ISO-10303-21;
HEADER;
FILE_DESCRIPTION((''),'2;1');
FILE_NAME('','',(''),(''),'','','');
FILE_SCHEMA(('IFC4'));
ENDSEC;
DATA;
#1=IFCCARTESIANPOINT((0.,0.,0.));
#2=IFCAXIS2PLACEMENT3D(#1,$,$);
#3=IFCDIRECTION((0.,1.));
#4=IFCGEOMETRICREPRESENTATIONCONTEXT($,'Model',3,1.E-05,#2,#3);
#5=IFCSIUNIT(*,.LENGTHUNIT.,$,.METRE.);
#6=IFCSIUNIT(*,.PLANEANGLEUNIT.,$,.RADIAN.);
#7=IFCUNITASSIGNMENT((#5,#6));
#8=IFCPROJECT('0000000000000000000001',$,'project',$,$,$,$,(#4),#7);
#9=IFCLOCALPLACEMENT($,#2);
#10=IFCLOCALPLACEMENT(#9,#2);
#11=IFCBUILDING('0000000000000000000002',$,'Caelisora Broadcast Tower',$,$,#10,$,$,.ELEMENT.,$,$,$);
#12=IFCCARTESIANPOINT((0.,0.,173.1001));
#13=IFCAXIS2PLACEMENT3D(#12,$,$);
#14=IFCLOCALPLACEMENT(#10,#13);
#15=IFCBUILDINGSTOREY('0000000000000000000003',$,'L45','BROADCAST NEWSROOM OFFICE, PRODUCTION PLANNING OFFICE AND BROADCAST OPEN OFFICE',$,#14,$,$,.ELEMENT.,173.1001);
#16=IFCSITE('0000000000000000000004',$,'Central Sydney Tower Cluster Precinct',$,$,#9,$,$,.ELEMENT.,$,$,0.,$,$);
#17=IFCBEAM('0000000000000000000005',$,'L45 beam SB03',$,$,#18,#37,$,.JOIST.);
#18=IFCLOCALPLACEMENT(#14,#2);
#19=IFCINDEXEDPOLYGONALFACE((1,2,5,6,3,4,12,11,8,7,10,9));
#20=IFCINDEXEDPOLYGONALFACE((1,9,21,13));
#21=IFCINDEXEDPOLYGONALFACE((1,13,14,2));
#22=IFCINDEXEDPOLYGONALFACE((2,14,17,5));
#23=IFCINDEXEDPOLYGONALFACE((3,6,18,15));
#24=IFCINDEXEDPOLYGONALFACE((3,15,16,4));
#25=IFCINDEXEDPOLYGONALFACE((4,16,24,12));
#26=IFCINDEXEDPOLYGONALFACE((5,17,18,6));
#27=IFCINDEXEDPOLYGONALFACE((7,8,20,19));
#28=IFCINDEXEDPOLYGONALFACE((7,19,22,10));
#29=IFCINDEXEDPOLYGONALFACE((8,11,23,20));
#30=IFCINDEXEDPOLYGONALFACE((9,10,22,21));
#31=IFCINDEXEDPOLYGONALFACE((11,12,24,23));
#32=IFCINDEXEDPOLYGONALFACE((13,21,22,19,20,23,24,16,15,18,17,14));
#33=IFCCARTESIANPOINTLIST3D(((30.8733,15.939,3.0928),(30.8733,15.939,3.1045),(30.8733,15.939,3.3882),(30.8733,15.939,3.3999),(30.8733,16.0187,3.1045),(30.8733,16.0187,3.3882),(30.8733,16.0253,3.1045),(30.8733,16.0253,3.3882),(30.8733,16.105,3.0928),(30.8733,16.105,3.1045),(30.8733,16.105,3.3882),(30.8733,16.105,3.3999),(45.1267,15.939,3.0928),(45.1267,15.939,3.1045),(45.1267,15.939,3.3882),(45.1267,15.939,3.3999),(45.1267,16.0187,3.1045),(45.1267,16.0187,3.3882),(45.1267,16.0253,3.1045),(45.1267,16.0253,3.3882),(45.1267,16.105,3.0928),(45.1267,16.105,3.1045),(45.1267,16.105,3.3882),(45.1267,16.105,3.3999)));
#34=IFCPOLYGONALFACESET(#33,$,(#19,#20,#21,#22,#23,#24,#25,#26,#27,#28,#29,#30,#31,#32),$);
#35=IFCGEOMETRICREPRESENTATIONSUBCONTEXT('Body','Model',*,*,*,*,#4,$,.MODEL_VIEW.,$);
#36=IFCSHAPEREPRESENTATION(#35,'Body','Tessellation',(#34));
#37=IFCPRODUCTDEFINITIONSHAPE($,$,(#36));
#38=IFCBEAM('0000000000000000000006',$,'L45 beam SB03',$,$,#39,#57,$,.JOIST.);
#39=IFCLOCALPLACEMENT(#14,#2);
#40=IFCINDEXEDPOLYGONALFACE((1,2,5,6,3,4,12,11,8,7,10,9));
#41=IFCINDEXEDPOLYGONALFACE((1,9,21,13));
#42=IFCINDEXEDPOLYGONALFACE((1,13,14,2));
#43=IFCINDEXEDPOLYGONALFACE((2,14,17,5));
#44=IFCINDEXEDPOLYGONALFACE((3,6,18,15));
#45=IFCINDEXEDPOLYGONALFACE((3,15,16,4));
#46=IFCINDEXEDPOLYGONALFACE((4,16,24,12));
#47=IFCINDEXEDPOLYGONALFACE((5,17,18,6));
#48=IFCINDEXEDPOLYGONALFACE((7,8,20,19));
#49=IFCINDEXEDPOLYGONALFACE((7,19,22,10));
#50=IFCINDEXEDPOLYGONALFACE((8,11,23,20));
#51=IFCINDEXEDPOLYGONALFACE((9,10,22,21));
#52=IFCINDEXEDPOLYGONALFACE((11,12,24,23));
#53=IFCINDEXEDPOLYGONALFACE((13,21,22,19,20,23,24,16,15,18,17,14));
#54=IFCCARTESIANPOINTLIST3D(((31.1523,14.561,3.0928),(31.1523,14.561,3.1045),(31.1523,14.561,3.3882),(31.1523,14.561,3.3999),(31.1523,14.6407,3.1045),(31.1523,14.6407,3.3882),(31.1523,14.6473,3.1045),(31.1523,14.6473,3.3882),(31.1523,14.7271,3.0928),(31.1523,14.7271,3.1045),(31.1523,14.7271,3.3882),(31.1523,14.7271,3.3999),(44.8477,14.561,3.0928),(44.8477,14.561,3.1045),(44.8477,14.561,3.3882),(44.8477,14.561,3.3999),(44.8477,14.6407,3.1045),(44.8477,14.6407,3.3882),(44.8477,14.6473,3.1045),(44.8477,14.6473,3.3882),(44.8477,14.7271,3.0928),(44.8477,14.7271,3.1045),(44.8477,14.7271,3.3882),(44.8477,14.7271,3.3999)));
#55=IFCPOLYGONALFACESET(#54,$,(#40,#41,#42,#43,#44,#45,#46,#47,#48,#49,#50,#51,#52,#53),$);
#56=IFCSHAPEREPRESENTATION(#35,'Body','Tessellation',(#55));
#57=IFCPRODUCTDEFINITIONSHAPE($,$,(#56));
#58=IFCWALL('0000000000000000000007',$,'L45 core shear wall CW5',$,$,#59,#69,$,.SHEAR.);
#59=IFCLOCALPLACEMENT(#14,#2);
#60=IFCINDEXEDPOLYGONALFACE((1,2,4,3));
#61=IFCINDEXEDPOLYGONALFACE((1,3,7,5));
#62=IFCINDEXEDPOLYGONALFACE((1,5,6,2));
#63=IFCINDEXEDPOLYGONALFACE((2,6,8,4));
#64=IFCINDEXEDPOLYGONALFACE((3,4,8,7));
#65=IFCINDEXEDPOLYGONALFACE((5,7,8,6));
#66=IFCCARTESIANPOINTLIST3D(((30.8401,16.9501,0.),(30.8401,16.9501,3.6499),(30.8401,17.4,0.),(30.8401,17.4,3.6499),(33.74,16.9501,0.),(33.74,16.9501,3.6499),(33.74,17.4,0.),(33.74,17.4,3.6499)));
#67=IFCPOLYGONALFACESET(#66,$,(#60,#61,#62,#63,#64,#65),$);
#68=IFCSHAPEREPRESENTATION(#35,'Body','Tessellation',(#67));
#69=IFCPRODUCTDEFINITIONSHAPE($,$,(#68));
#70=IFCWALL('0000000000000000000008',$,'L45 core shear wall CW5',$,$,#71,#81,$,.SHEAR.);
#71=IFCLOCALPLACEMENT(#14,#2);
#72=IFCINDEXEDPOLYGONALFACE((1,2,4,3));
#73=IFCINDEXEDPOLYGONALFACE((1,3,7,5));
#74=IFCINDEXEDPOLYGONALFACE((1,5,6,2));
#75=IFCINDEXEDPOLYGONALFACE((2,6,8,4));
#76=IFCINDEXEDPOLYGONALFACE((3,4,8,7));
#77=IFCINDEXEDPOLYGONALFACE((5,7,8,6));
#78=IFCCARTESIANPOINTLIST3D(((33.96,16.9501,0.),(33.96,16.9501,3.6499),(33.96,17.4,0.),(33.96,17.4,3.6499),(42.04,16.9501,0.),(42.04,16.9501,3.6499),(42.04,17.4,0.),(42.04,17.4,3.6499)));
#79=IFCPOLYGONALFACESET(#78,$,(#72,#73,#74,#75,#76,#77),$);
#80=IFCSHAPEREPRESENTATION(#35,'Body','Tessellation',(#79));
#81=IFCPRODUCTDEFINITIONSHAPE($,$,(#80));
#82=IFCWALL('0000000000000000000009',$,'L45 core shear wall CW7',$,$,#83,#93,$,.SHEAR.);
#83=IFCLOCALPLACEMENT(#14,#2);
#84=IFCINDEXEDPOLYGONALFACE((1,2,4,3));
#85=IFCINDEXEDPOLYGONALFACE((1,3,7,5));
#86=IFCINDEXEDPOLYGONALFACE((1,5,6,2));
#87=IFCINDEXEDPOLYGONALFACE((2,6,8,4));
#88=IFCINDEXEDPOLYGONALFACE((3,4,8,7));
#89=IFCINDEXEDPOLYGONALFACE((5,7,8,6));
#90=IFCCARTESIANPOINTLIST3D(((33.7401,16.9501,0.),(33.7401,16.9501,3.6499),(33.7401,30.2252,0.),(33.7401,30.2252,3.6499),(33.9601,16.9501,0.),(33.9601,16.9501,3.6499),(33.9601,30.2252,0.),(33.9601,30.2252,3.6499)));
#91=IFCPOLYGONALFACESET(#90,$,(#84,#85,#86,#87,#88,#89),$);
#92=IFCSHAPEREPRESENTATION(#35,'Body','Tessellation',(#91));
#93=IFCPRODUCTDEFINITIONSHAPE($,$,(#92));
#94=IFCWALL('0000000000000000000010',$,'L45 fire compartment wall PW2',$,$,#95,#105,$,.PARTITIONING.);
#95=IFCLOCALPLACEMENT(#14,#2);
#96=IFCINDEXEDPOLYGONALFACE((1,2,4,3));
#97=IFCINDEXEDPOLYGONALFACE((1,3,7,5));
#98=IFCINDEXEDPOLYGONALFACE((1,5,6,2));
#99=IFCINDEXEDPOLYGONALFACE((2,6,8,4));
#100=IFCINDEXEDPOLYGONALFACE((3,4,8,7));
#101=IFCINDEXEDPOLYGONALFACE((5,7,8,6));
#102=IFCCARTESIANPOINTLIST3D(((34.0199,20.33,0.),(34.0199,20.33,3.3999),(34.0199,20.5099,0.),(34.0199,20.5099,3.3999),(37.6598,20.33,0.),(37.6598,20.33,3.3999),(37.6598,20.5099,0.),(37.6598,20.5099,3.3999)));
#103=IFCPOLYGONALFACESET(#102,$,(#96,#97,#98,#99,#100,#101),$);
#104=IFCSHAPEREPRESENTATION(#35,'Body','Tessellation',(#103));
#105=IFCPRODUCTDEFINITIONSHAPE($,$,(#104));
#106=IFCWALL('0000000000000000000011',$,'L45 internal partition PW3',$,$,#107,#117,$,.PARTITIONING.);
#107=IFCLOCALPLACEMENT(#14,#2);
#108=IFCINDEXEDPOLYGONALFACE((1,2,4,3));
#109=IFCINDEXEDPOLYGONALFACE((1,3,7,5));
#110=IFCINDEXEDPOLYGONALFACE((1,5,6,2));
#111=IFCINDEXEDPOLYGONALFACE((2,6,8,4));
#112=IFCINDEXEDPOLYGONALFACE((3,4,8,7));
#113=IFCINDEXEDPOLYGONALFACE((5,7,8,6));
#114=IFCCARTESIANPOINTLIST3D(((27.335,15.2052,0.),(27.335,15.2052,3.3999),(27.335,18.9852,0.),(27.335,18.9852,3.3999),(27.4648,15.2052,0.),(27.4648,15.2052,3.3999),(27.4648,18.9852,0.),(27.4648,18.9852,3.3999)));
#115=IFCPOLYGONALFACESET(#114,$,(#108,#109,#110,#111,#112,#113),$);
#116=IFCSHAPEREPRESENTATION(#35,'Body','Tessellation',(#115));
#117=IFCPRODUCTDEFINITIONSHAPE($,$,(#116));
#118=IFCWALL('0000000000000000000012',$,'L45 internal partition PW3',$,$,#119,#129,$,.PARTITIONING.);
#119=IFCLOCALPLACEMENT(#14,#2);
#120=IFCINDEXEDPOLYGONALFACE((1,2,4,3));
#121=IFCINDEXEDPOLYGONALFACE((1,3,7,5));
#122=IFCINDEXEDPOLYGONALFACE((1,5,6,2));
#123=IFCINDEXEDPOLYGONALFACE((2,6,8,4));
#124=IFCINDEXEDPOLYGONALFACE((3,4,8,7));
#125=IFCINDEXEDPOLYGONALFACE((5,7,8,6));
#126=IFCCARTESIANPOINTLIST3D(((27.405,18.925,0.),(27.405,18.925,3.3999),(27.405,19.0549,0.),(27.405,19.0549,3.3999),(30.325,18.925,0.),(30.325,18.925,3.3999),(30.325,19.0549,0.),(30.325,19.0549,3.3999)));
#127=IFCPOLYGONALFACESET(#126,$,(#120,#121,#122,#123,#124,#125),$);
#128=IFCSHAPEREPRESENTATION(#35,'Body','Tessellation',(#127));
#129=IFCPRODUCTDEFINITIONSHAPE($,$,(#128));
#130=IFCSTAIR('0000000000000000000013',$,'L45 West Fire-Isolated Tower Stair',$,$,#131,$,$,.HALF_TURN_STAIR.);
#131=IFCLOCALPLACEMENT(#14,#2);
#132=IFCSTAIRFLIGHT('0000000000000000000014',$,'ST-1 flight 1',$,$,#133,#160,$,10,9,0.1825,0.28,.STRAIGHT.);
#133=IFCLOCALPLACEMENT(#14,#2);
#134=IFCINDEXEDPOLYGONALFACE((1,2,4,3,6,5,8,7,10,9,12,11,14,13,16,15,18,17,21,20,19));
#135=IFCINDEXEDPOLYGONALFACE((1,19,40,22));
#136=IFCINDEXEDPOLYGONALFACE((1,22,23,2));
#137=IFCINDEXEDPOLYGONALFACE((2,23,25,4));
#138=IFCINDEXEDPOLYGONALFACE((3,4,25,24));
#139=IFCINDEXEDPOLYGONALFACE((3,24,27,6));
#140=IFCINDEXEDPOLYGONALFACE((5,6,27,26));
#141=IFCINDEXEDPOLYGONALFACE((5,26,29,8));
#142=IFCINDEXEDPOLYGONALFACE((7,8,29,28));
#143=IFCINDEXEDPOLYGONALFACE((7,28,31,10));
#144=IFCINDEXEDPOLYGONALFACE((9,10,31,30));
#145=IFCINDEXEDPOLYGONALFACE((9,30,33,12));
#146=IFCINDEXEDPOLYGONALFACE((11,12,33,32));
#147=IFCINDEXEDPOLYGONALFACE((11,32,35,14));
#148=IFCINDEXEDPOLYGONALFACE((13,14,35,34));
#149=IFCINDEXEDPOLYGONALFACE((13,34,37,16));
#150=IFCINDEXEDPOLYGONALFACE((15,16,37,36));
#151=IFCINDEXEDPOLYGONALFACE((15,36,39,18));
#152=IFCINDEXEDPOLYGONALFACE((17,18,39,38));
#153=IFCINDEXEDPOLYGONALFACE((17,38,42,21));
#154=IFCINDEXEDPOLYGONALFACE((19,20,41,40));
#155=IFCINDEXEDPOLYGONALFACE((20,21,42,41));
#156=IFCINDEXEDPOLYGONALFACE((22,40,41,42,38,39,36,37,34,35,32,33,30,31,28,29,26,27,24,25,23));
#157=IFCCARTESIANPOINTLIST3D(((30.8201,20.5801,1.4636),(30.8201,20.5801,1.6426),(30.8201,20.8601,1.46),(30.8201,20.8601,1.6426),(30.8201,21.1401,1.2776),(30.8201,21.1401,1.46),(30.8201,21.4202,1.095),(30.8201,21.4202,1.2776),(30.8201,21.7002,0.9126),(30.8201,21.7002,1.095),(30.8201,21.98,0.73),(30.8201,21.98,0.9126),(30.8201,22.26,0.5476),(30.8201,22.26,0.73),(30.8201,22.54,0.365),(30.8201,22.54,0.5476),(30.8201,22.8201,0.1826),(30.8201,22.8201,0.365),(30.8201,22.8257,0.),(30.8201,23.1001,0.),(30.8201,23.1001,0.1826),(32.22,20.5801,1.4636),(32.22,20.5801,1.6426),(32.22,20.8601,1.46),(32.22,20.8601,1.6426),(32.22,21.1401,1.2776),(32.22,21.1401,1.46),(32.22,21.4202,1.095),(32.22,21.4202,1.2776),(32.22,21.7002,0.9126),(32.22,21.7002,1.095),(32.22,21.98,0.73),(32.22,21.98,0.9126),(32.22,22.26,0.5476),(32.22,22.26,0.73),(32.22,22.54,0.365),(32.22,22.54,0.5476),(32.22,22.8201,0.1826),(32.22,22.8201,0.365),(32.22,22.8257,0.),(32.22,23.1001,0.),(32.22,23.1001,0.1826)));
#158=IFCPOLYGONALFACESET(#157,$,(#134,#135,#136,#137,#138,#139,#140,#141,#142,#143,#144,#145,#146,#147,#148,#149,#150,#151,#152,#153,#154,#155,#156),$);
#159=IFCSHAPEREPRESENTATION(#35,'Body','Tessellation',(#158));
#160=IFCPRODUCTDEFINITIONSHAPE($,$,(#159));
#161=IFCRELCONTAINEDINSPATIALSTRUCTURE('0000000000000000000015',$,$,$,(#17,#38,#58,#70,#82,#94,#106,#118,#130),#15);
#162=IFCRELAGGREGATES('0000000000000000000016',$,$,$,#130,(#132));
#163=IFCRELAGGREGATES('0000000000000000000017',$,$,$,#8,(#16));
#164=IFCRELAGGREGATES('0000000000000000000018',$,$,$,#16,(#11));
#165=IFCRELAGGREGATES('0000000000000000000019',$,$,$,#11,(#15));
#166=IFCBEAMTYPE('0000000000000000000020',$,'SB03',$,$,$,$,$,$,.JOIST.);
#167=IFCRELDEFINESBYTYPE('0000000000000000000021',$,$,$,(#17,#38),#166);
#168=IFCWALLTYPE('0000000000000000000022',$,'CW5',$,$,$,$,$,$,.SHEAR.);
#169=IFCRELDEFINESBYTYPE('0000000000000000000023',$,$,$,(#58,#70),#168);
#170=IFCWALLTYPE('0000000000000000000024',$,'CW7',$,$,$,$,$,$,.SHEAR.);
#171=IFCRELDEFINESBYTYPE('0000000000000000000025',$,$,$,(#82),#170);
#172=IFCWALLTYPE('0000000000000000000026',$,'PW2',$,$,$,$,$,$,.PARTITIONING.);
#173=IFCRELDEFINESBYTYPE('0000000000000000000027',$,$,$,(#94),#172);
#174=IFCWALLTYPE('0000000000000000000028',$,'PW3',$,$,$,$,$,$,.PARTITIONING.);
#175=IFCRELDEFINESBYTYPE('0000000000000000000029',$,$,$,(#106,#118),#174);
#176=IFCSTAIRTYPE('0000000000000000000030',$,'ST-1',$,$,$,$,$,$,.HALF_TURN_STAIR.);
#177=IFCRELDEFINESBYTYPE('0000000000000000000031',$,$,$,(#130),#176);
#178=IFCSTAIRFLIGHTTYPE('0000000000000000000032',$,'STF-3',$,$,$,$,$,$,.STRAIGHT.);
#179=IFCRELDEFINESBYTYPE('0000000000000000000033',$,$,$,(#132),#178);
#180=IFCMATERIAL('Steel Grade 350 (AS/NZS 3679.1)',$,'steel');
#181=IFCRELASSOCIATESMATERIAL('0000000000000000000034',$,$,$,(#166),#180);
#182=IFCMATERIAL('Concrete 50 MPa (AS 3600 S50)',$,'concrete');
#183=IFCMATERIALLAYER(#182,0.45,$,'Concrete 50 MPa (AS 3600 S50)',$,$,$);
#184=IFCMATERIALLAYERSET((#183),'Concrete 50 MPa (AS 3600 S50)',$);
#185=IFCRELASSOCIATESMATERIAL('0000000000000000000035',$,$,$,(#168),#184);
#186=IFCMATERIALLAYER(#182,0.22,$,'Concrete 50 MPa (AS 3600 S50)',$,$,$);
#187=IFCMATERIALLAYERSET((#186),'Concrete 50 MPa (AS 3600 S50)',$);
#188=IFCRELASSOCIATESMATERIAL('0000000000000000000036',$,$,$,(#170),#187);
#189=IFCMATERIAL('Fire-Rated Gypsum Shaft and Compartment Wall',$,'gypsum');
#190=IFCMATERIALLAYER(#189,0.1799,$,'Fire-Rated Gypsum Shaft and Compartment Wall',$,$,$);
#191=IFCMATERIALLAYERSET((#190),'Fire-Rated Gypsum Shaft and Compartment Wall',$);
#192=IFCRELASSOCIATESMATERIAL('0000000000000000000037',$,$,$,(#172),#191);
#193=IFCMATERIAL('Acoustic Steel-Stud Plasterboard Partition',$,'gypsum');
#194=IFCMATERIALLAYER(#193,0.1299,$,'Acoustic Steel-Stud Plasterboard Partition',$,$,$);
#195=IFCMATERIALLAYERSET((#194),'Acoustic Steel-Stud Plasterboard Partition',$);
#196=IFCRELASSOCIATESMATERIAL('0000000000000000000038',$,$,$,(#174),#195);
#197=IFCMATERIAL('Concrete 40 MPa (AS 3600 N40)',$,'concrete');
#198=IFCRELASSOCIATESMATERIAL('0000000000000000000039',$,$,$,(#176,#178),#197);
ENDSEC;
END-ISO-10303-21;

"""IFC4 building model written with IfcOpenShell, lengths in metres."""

from ifc_helpers import new_model, si_unit, direction, frame, frame_2d, origin, origin_2d, place, context, subcontext, project, spatial, polyline, rectangle, i_section, outline, extrude, source, transform, mapped, material, layer, layer_set, material_profile, profile_set, type_object, element, aggregate, save


model = new_model("IFC4")

# Units and contexts
model_context = context("Model", 3, precision=1e-05, world=origin(), true_north=direction((0.0, 1.0)))
body_context = subcontext(model_context, "Body", "Model", "MODEL_VIEW")
ifc_project = project(units=[si_unit("LENGTHUNIT", "METRE"), si_unit("PLANEANGLEUNIT", "RADIAN")], contexts=[model_context])

# Site, building, storey
site_placement = place(None, origin())
site = spatial("IfcSite", under=ifc_project, at=site_placement, Name="Central Sydney Tower Cluster Precinct", CompositionType="ELEMENT", RefElevation=0.0)
building_placement = place(site_placement, origin())
building = spatial("IfcBuilding", under=site, at=building_placement, Name="Caelisora Broadcast Tower", CompositionType="ELEMENT")
storey_placement = place(building_placement, frame((0.0, 0.0, 173.1001)))
storey = spatial("IfcBuildingStorey", under=building, at=storey_placement, Name="L45", Description="BROADCAST NEWSROOM OFFICE, PRODUCTION PLANNING OFFICE AND BROADCAST OPEN OFFICE", CompositionType="ELEMENT", Elevation=173.1001)

# Beams
ifc_material_1 = material(Name="Steel Grade 350 (AS/NZS 3679.1)", Category="steel")
ifc_material_profile_1 = material_profile(ifc_material_1, i_section(OverallWidth=0.166, OverallDepth=0.3071, WebThickness=0.0066, FlangeThickness=0.0117, at=origin_2d()), Name="Steel Grade 350 (AS/NZS 3679.1)")
ifc_profile_set_1 = profile_set([ifc_material_profile_1], Name="Steel Grade 350 (AS/NZS 3679.1)")
beam_type_1 = type_object("IfcBeamType", Name="SB03", PredefinedType="JOIST", material=ifc_profile_set_1)
shared_shape_1 = source(origin(), body_context, "Body", "SweptSolid", [
    extrude(i_section(OverallWidth=0.166, OverallDepth=0.3071, WebThickness=0.0066, FlangeThickness=0.0117, at=origin_2d()), origin(), (0.0, 0.0, 1.0), 14.2534),
])
beam_1_placement = place(storey_placement, frame((30.8733, 16.022, 3.2463), z_axis=(1.0, 0.0, 0.0), x_axis=(0.0, 1.0, 0.0)))
element("IfcBeam", 1, at=beam_1_placement, inside=storey, type_object=beam_type_1, Name="L45 beam SB03", PredefinedType="JOIST", context=body_context, shape_type="MappedRepresentation", body=[
    mapped(shared_shape_1, transform((0.0, 0.0, 0.0), scale=1.0)),
])
shared_shape_2 = source(origin(), body_context, "Body", "SweptSolid", [
    extrude(i_section(OverallWidth=0.166, OverallDepth=0.3071, WebThickness=0.0066, FlangeThickness=0.0117, at=origin_2d()), origin(), (0.0, 0.0, 1.0), 13.6953),
])
beam_2_placement = place(storey_placement, frame((31.1523, 14.644, 3.2463), z_axis=(1.0, 0.0, 0.0), x_axis=(0.0, 1.0, 0.0)))
element("IfcBeam", 2, at=beam_2_placement, inside=storey, type_object=beam_type_1, Name="L45 beam SB03", PredefinedType="JOIST", context=body_context, shape_type="MappedRepresentation", body=[
    mapped(shared_shape_2, transform((0.0, 0.0, 0.0), scale=1.0)),
])

# Shared definitions
ifc_material_2 = material(Name="Concrete 50 MPa (AS 3600 S50)", Category="concrete")

# Walls
ifc_layer_1 = layer(ifc_material_2, 0.45, Name="Concrete 50 MPa (AS 3600 S50)")
ifc_layer_set_1 = layer_set([ifc_layer_1], Name="Concrete 50 MPa (AS 3600 S50)")
wall_type_1 = type_object("IfcWallType", Name="CW5", PredefinedType="SHEAR", material=ifc_layer_set_1)
wall_1_placement = place(storey_placement, frame((30.8401, 17.175, 0.0), z_axis=(0.0, 0.0, 1.0), x_axis=(1.0, 0.0, 0.0)))
element("IfcWall", 3, at=wall_1_placement, inside=storey, type_object=wall_type_1, Name="L45 core shear wall CW5", PredefinedType="SHEAR", context=body_context, shape_type="SweptSolid", body=[
    extrude(rectangle(XDim=2.8999, YDim=0.45, at=frame_2d((1.45, 0.0))), origin(), (0.0, 0.0, 1.0), 3.6499),
])
wall_2_placement = place(storey_placement, frame((33.96, 17.175, 0.0), z_axis=(0.0, 0.0, 1.0), x_axis=(1.0, 0.0, 0.0)))
element("IfcWall", 4, at=wall_2_placement, inside=storey, type_object=wall_type_1, Name="L45 core shear wall CW5", PredefinedType="SHEAR", context=body_context, shape_type="SweptSolid", body=[
    extrude(rectangle(XDim=8.0801, YDim=0.45, at=frame_2d((4.04, 0.0))), origin(), (0.0, 0.0, 1.0), 3.6499),
])
ifc_layer_2 = layer(ifc_material_2, 0.22, Name="Concrete 50 MPa (AS 3600 S50)")
ifc_layer_set_2 = layer_set([ifc_layer_2], Name="Concrete 50 MPa (AS 3600 S50)")
wall_type_2 = type_object("IfcWallType", Name="CW7", PredefinedType="SHEAR", material=ifc_layer_set_2)
wall_3_placement = place(storey_placement, frame((33.8501, 16.95, 0.0), z_axis=(0.0, 0.0, 1.0), x_axis=(0.0, 1.0, 0.0)))
element("IfcWall", 5, at=wall_3_placement, inside=storey, type_object=wall_type_2, Name="L45 core shear wall CW7", PredefinedType="SHEAR", context=body_context, shape_type="SweptSolid", body=[
    extrude(rectangle(XDim=13.2751, YDim=0.22, at=frame_2d((6.6377, 0.0))), origin(), (0.0, 0.0, 1.0), 3.6499),
])
ifc_material_3 = material(Name="Fire-Rated Gypsum Shaft and Compartment Wall", Category="gypsum")
ifc_layer_3 = layer(ifc_material_3, 0.1799, Name="Fire-Rated Gypsum Shaft and Compartment Wall")
ifc_layer_set_3 = layer_set([ifc_layer_3], Name="Fire-Rated Gypsum Shaft and Compartment Wall")
wall_type_3 = type_object("IfcWallType", Name="PW2", PredefinedType="PARTITIONING", material=ifc_layer_set_3)
wall_4_placement = place(storey_placement, frame((34.02, 20.4199, 0.0), z_axis=(0.0, 0.0, 1.0), x_axis=(1.0, 0.0, 0.0)))
element("IfcWall", 6, at=wall_4_placement, inside=storey, type_object=wall_type_3, Name="L45 fire compartment wall PW2", PredefinedType="PARTITIONING", context=body_context, shape_type="SweptSolid", body=[
    extrude(rectangle(XDim=3.6399, YDim=0.1799, at=frame_2d((1.8198, 0.0))), origin(), (0.0, 0.0, 1.0), 3.3999),
])

# Shared definitions
ifc_material_4 = material(Name="Acoustic Steel-Stud Plasterboard Partition", Category="gypsum")
ifc_layer_4 = layer(ifc_material_4, 0.1299, Name="Acoustic Steel-Stud Plasterboard Partition")
ifc_layer_set_4 = layer_set([ifc_layer_4], Name="Acoustic Steel-Stud Plasterboard Partition")
wall_type_4 = type_object("IfcWallType", Name="PW3", PredefinedType="PARTITIONING", material=ifc_layer_set_4)

# Walls
wall_5_placement = place(storey_placement, frame((27.3999, 15.2051, 0.0), z_axis=(0.0, 0.0, 1.0), x_axis=(0.0, 1.0, 0.0)))
element("IfcWall", 7, at=wall_5_placement, inside=storey, type_object=wall_type_4, Name="L45 internal partition PW3", PredefinedType="PARTITIONING", context=body_context, shape_type="SweptSolid", body=[
    extrude(rectangle(XDim=3.78, YDim=0.1299, at=frame_2d((1.8901, 0.0))), origin(), (0.0, 0.0, 1.0), 3.3999),
])
wall_6_placement = place(storey_placement, frame((27.405, 18.99, 0.0), z_axis=(0.0, 0.0, 1.0), x_axis=(1.0, 0.0, 0.0)))
element("IfcWall", 8, at=wall_6_placement, inside=storey, type_object=wall_type_4, Name="L45 internal partition PW3", PredefinedType="PARTITIONING", context=body_context, shape_type="SweptSolid", body=[
    extrude(rectangle(XDim=2.9199, YDim=0.1299, at=frame_2d((1.46, 0.0))), origin(), (0.0, 0.0, 1.0), 3.3999),
])

# Stair, stair flight
ifc_material_5 = material(Name="Concrete 40 MPa (AS 3600 N40)", Category="concrete")
stair_type = type_object("IfcStairType", Name="ST-1", PredefinedType="HALF_TURN_STAIR", material=ifc_material_5)
stair_placement = place(storey_placement, origin())
stair = element("IfcStair", 9, at=stair_placement, inside=storey, type_object=stair_type, Name="L45 West Fire-Isolated Tower Stair", PredefinedType="HALF_TURN_STAIR")
stair_flight_type = type_object("IfcStairFlightType", Name="STF-3", PredefinedType="STRAIGHT", material=ifc_material_5)
stair_flight_1_placement = place(storey_placement, frame((31.52, 23.1001, 0.0), z_axis=(0.0, 0.0, 1.0), x_axis=(0.0, -1.0, 0.0)))
stair_flight_1 = element("IfcStairFlight", 10, at=stair_flight_1_placement, type_object=stair_flight_type, Name="ST-1 flight 1", NumberOfRisers=10, NumberOfTreads=9, PredefinedType="STRAIGHT", RiserHeight=0.1825, TreadLength=0.28, context=body_context, shape_type="SweptSolid", body=[
    extrude(outline(polyline([(0.0, 0.0), (0.0, 0.1826), (0.28, 0.1826), (0.28, 0.365), (0.5601, 0.365), (0.5601, 0.5476), (0.8401, 0.5476), (0.8401, 0.73), (1.1201, 0.73), (1.1201, 0.9126), (1.3999, 0.9126), (1.3999, 1.095), (1.6799, 1.095), (1.6799, 1.2776), (1.96, 1.2776), (1.96, 1.46), (2.24, 1.46), (2.24, 1.6426), (2.52, 1.6426), (2.52, 1.825), (2.52, 1.4636), (0.2744, 0.0), (0.0, 0.0)])), frame((0.0, 0.7, 0.0), z_axis=(0.0, -1.0, 0.0), x_axis=(1.0, 0.0, 0.0)), (0.0, 0.0, 1.0), 1.3999),
])
aggregate(stair, [stair_flight_1])

save(model, "model.ifc")
